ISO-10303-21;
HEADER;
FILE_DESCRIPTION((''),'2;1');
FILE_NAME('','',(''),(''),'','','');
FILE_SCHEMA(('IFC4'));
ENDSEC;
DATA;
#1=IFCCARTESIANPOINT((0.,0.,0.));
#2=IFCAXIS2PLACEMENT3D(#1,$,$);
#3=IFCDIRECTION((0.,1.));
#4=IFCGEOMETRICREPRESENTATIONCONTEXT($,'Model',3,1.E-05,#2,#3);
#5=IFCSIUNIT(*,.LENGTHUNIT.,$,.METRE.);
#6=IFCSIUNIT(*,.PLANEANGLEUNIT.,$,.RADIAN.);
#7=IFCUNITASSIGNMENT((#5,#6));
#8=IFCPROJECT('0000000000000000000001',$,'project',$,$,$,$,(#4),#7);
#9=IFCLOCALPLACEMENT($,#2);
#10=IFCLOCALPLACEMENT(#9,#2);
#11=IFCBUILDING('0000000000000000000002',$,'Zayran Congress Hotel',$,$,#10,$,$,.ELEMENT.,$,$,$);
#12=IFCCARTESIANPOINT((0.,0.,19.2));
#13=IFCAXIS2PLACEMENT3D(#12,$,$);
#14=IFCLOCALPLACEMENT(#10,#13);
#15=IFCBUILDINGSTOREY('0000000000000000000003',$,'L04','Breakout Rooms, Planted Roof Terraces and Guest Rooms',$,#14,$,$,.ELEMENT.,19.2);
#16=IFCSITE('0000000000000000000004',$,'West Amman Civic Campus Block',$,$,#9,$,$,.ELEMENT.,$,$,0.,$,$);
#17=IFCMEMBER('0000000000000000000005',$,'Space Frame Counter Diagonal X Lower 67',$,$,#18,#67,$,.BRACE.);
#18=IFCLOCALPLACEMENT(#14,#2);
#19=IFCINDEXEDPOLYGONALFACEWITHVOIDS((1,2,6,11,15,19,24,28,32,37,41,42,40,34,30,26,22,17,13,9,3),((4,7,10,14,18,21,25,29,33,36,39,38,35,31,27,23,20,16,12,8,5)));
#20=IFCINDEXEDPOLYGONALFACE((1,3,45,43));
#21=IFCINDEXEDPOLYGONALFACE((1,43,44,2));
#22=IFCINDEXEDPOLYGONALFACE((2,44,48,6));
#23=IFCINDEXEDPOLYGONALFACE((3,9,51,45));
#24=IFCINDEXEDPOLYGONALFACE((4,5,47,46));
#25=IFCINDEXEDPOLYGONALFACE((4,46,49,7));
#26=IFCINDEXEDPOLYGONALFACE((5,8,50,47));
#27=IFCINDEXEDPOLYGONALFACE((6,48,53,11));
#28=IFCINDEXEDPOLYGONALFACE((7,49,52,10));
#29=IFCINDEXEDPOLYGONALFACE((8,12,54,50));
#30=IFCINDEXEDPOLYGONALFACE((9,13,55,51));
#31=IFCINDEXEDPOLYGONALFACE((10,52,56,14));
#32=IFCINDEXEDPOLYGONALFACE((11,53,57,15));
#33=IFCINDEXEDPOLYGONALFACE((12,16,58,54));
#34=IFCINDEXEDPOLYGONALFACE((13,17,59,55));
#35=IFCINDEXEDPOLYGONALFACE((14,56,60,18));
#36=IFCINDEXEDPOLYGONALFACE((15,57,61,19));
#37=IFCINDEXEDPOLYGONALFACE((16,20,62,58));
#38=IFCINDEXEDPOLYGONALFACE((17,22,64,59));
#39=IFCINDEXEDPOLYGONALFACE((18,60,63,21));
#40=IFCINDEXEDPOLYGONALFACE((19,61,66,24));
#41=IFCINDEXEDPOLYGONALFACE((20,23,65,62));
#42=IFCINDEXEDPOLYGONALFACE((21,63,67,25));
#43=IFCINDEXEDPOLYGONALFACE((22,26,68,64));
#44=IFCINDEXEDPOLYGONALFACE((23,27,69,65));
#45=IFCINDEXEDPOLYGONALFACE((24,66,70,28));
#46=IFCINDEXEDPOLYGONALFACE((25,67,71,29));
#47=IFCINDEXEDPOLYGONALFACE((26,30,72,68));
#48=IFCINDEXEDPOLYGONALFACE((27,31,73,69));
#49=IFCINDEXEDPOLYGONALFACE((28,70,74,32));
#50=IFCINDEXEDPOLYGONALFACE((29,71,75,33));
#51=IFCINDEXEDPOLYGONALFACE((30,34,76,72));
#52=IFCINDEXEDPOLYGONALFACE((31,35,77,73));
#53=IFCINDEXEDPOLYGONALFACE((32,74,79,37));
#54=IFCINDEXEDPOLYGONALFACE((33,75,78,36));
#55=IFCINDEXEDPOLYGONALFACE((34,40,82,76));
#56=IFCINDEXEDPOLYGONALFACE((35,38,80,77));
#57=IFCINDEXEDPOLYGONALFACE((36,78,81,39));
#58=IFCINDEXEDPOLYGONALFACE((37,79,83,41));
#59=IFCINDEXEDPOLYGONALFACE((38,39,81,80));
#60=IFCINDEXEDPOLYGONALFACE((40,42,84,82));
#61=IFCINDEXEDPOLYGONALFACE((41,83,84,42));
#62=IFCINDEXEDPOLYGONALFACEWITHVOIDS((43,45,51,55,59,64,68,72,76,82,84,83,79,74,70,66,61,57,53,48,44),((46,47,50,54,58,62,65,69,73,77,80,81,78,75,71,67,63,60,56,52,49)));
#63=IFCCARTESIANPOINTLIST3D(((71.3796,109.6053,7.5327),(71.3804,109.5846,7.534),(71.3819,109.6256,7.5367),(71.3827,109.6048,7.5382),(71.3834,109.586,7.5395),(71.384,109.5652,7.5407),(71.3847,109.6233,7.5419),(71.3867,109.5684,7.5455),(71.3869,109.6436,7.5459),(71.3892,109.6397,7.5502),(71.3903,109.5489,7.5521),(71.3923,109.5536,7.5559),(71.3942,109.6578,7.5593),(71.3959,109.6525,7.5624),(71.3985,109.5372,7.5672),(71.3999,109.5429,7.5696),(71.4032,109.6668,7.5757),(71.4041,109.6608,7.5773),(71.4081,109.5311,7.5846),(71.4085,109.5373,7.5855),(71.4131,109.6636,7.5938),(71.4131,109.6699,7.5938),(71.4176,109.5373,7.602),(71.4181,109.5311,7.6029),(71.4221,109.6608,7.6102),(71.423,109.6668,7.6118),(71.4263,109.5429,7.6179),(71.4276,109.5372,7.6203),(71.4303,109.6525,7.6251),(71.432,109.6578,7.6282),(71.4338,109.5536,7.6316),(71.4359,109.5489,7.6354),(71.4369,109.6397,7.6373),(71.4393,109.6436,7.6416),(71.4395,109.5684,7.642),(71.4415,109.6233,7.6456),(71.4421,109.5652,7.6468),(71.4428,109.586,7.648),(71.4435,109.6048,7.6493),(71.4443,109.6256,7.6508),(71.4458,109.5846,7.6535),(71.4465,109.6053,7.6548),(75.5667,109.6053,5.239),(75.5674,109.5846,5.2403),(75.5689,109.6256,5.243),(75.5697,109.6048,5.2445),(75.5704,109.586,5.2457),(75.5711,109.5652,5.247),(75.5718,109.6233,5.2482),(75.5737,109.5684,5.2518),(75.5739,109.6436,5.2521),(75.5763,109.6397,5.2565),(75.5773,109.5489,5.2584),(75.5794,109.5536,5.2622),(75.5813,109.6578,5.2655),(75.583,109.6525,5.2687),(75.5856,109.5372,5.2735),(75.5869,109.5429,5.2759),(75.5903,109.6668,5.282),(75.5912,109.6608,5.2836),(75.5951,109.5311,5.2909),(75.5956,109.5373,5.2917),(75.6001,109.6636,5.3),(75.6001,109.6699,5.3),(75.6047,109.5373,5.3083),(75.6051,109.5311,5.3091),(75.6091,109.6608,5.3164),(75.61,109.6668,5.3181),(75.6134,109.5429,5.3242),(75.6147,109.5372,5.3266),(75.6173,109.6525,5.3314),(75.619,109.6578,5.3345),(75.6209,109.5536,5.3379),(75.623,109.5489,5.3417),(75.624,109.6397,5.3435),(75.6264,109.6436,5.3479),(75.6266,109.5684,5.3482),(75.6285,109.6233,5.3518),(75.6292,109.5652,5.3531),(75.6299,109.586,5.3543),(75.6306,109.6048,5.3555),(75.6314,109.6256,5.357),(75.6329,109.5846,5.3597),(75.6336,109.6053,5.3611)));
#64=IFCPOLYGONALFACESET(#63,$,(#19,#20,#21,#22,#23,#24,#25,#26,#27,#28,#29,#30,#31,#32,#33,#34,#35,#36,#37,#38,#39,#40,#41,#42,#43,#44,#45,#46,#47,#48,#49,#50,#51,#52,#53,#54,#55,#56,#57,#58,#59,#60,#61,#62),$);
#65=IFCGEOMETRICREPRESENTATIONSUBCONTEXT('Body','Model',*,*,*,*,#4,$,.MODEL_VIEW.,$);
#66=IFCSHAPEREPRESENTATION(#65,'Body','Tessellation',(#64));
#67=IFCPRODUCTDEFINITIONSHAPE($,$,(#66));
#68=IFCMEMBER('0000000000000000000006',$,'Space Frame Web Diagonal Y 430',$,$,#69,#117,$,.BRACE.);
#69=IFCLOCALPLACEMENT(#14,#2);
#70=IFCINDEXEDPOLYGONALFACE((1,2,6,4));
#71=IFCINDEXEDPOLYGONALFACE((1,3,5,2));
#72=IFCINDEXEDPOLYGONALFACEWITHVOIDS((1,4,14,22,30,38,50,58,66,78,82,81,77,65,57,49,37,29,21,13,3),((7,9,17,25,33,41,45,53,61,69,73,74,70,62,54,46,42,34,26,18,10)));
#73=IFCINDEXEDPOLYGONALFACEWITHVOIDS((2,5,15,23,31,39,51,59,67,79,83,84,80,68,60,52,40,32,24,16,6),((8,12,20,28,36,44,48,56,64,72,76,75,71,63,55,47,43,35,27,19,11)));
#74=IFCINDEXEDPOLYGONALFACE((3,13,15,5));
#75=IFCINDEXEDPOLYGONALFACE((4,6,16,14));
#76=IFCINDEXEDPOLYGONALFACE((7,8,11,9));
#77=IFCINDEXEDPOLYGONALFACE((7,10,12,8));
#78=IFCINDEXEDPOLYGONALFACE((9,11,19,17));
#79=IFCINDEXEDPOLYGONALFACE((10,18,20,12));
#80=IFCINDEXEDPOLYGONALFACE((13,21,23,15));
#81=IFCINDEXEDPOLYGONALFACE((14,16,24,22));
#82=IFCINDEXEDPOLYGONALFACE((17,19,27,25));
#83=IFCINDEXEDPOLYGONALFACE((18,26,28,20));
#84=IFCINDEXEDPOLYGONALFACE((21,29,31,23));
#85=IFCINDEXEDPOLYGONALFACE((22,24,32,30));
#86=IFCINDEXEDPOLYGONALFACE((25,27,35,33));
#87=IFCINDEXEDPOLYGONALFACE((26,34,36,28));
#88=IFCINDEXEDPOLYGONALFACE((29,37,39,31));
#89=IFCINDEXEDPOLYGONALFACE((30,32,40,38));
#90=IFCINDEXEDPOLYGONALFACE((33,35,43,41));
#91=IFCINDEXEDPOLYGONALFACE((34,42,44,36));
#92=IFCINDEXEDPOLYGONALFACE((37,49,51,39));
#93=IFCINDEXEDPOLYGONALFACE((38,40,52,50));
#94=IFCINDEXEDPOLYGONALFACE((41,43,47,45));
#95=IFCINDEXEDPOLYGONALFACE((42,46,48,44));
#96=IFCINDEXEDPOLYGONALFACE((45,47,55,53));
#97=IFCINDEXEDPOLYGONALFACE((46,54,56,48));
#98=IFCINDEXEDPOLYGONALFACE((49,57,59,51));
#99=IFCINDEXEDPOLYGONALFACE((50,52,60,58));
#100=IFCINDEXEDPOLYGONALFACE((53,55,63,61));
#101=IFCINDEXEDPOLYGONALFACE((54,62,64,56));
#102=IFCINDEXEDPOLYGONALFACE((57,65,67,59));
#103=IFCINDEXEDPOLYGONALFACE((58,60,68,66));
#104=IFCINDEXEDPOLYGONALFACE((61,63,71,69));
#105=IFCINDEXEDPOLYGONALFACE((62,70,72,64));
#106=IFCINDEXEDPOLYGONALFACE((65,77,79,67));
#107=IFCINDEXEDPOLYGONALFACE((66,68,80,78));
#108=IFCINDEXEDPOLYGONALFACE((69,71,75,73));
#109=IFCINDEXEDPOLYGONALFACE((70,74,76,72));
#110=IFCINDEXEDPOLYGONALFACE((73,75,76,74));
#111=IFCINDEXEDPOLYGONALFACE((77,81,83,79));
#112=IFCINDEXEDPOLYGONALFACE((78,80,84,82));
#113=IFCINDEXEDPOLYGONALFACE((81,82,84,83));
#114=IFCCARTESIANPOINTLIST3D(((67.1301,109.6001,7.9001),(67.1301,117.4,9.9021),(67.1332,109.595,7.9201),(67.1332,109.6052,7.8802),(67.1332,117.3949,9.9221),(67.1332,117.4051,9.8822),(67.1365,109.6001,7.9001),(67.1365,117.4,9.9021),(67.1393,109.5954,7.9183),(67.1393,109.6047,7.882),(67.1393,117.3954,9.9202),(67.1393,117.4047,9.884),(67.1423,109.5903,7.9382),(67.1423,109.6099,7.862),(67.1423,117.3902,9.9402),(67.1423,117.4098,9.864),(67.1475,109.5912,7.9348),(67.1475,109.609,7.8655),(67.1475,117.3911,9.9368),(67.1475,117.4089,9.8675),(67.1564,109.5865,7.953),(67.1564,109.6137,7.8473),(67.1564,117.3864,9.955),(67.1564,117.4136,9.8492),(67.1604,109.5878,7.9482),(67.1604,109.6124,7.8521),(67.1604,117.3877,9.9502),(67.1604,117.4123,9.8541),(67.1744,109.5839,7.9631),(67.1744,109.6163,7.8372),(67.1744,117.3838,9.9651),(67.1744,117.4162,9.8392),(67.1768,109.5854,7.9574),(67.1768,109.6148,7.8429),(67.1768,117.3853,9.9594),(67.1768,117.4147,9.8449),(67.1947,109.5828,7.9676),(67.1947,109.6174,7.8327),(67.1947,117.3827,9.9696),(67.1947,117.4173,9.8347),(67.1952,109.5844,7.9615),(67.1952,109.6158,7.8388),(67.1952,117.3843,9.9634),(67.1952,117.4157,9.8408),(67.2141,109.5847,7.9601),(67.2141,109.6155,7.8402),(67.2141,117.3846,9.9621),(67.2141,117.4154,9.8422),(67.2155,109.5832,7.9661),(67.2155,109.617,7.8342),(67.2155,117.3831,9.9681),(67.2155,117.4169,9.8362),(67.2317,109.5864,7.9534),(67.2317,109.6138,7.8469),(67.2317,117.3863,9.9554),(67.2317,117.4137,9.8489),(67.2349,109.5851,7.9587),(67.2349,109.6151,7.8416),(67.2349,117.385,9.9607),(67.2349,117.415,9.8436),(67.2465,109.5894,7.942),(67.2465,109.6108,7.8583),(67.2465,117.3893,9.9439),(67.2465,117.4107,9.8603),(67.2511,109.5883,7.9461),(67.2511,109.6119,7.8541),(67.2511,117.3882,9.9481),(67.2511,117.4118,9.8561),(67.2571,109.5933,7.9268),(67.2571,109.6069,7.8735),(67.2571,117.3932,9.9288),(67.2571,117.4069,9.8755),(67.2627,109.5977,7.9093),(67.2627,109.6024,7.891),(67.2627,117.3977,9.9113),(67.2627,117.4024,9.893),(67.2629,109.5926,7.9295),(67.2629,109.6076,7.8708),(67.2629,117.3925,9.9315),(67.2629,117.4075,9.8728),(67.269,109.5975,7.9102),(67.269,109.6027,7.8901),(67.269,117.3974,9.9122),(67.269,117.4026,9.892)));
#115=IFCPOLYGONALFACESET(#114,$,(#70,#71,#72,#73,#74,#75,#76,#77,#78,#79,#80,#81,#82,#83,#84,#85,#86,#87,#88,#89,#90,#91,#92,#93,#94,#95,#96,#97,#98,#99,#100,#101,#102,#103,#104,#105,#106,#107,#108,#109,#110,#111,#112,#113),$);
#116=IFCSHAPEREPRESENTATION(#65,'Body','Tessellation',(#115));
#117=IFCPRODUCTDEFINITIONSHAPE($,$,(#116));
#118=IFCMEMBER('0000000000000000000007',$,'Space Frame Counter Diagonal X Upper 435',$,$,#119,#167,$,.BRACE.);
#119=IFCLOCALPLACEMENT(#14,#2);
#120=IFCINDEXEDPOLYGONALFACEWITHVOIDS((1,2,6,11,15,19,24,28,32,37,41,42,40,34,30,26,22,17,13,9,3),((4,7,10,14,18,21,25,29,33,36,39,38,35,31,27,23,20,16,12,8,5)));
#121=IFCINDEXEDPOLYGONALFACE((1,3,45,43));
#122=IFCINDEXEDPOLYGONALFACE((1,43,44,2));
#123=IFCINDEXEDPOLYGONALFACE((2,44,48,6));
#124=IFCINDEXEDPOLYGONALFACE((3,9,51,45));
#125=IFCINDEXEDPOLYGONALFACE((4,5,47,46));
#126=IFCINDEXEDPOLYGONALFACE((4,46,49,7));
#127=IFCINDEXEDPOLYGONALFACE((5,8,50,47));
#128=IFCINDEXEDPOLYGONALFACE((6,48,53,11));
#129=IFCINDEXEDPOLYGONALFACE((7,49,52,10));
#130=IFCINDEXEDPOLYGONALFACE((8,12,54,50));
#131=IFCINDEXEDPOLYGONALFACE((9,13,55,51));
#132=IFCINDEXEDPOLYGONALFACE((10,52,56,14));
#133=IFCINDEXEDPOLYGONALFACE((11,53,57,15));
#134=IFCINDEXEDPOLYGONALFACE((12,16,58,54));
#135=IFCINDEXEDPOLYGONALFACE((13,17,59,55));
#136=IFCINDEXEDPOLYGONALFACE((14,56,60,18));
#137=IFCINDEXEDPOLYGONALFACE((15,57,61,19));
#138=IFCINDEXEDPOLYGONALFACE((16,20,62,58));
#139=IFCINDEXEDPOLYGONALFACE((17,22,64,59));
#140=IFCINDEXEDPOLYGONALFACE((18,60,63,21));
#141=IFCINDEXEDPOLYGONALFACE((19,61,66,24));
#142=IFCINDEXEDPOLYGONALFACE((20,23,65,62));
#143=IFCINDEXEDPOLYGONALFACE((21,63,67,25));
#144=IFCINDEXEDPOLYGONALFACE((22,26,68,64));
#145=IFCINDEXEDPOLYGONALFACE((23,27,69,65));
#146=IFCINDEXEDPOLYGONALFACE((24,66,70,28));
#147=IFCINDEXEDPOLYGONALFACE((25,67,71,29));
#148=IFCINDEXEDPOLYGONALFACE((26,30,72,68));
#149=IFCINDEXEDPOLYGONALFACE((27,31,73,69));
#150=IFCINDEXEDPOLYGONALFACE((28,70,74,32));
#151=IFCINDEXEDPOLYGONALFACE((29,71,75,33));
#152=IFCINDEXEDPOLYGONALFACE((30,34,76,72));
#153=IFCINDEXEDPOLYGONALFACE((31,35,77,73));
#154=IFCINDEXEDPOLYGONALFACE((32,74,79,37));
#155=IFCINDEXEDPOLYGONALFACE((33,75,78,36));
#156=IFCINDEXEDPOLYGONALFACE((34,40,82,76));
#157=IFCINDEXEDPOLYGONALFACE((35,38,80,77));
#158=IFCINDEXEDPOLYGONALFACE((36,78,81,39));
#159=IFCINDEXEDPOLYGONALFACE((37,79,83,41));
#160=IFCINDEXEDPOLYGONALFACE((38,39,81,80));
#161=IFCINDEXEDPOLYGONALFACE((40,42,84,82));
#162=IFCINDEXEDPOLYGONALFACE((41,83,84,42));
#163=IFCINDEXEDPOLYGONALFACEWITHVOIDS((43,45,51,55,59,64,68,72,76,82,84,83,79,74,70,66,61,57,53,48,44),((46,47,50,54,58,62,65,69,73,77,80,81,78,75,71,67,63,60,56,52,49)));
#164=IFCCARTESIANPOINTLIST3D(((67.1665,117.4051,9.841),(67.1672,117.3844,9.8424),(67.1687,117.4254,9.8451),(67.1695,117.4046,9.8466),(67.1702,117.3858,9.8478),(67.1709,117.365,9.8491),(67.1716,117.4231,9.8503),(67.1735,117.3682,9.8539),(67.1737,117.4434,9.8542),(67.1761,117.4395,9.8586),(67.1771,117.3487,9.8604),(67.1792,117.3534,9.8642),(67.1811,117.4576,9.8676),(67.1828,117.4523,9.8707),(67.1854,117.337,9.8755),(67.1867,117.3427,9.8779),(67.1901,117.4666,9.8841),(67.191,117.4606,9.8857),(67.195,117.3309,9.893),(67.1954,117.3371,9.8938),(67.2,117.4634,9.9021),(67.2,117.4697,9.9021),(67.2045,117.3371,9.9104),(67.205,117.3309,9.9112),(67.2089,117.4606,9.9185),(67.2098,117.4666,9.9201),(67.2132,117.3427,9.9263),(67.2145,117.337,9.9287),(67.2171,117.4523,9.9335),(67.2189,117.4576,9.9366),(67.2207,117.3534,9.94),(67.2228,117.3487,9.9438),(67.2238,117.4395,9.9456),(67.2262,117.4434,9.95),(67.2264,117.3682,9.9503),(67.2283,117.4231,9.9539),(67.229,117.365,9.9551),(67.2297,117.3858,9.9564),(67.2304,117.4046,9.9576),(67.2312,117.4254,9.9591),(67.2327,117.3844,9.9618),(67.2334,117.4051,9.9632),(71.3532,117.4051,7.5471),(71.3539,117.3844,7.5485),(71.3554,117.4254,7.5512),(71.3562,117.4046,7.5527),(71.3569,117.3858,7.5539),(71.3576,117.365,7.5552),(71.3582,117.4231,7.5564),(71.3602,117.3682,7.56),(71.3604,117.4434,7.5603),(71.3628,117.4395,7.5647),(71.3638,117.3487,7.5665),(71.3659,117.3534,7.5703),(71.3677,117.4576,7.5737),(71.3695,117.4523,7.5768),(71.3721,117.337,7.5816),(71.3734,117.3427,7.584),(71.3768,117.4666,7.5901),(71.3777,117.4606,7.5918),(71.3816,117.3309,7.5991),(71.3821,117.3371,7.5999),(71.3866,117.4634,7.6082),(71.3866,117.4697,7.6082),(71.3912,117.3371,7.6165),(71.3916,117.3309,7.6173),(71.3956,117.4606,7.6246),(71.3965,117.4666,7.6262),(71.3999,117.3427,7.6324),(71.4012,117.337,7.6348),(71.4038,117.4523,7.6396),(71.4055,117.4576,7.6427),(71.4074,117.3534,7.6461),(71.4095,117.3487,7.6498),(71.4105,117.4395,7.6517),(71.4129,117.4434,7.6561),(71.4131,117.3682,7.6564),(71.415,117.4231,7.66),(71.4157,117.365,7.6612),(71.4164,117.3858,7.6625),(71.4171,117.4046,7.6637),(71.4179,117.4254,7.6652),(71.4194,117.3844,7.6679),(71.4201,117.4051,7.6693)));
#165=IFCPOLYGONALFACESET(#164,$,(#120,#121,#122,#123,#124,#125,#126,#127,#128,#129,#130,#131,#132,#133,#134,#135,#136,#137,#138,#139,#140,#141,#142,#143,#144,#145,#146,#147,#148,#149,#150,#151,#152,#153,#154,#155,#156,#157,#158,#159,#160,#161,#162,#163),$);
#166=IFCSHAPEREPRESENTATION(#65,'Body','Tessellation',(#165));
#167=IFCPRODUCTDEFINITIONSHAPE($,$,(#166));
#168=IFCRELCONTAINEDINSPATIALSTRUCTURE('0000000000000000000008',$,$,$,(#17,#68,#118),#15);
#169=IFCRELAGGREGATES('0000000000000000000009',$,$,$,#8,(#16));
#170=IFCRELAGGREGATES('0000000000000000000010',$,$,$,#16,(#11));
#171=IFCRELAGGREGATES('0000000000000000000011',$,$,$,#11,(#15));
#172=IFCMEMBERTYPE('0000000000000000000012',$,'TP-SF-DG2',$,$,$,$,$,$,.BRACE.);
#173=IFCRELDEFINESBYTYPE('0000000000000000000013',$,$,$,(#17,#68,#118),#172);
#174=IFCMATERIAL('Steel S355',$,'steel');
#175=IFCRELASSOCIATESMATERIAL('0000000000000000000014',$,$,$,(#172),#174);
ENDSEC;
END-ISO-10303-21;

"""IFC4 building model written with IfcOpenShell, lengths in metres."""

from ifc_helpers import new_model, si_unit, direction, frame, origin, origin_2d, place, context, subcontext, project, spatial, hollow_circle, extrude, material, material_profile, profile_set, type_object, element, save


model = new_model("IFC4")

# Units and contexts
model_context = context("Model", 3, precision=1e-05, world=origin(), true_north=direction((0.0, 1.0)))
body_context = subcontext(model_context, "Body", "Model", "MODEL_VIEW")
ifc_project = project(units=[si_unit("LENGTHUNIT", "METRE"), si_unit("PLANEANGLEUNIT", "RADIAN")], contexts=[model_context])

# Site, building, storey
site_placement = place(None, origin())
site = spatial("IfcSite", under=ifc_project, at=site_placement, Name="West Amman Civic Campus Block", CompositionType="ELEMENT", RefElevation=0.0)
building_placement = place(site_placement, origin())
building = spatial("IfcBuilding", under=site, at=building_placement, Name="Zayran Congress Hotel", CompositionType="ELEMENT")
storey_placement = place(building_placement, frame((0.0, 0.0, 19.2)))
storey = spatial("IfcBuildingStorey", under=building, at=storey_placement, Name="L04", Description="Breakout Rooms, Planted Roof Terraces and Guest Rooms", CompositionType="ELEMENT", Elevation=19.2)

# Members
ifc_material = material(Name="Steel S355", Category="steel")
ifc_material_profile_1 = material_profile(ifc_material, hollow_circle(Radius=0.0698, WallThickness=0.0063, at=origin_2d()), Name="CHS 139.7x6.3")
ifc_profile_set_1 = profile_set([ifc_material_profile_1], Name="Steel S355")
member_type_1 = type_object("IfcMemberType", Name="TP-SF-DG2", PredefinedType="BRACE", material=ifc_profile_set_1)
member_1_placement = place(storey_placement, frame((71.4131, 109.6001, 7.5938), z_axis=(0.877024, 0.0, -0.480446), x_axis=(0.0, 1.0, 0.0)))
element("IfcMember", 1, at=member_1_placement, inside=storey, type_object=member_type_1, Name="Space Frame Counter Diagonal X Lower 67", PredefinedType="BRACE", context=body_context, shape_type="SweptSolid", body=[
    extrude(hollow_circle(Radius=0.0698, WallThickness=0.0063, at=origin_2d()), origin(), (0.0, 0.0, 1.0), 4.7742),
])
member_2_placement = place(storey_placement, frame((67.2, 109.6001, 7.9001), z_axis=(0.0, 0.968604, 0.248609), x_axis=(-1.0, 0.0, 0.0)))
element("IfcMember", 2, at=member_2_placement, inside=storey, type_object=member_type_1, Name="Space Frame Web Diagonal Y 430", PredefinedType="BRACE", context=body_context, shape_type="SweptSolid", body=[
    extrude(hollow_circle(Radius=0.0698, WallThickness=0.0063, at=origin_2d()), origin(), (0.0, 0.0, 1.0), 8.0527),
])
member_3_placement = place(storey_placement, frame((67.2, 117.3999, 9.9021), z_axis=(0.876991, 0.0, -0.480507), x_axis=(0.0, 1.0, 0.0)))
element("IfcMember", 3, at=member_3_placement, inside=storey, type_object=member_type_1, Name="Space Frame Counter Diagonal X Upper 435", PredefinedType="BRACE", context=body_context, shape_type="SweptSolid", body=[
    extrude(hollow_circle(Radius=0.0698, WallThickness=0.0063, at=origin_2d()), origin(), (0.0, 0.0, 1.0), 4.7739),
])

save(model, "model.ifc")
